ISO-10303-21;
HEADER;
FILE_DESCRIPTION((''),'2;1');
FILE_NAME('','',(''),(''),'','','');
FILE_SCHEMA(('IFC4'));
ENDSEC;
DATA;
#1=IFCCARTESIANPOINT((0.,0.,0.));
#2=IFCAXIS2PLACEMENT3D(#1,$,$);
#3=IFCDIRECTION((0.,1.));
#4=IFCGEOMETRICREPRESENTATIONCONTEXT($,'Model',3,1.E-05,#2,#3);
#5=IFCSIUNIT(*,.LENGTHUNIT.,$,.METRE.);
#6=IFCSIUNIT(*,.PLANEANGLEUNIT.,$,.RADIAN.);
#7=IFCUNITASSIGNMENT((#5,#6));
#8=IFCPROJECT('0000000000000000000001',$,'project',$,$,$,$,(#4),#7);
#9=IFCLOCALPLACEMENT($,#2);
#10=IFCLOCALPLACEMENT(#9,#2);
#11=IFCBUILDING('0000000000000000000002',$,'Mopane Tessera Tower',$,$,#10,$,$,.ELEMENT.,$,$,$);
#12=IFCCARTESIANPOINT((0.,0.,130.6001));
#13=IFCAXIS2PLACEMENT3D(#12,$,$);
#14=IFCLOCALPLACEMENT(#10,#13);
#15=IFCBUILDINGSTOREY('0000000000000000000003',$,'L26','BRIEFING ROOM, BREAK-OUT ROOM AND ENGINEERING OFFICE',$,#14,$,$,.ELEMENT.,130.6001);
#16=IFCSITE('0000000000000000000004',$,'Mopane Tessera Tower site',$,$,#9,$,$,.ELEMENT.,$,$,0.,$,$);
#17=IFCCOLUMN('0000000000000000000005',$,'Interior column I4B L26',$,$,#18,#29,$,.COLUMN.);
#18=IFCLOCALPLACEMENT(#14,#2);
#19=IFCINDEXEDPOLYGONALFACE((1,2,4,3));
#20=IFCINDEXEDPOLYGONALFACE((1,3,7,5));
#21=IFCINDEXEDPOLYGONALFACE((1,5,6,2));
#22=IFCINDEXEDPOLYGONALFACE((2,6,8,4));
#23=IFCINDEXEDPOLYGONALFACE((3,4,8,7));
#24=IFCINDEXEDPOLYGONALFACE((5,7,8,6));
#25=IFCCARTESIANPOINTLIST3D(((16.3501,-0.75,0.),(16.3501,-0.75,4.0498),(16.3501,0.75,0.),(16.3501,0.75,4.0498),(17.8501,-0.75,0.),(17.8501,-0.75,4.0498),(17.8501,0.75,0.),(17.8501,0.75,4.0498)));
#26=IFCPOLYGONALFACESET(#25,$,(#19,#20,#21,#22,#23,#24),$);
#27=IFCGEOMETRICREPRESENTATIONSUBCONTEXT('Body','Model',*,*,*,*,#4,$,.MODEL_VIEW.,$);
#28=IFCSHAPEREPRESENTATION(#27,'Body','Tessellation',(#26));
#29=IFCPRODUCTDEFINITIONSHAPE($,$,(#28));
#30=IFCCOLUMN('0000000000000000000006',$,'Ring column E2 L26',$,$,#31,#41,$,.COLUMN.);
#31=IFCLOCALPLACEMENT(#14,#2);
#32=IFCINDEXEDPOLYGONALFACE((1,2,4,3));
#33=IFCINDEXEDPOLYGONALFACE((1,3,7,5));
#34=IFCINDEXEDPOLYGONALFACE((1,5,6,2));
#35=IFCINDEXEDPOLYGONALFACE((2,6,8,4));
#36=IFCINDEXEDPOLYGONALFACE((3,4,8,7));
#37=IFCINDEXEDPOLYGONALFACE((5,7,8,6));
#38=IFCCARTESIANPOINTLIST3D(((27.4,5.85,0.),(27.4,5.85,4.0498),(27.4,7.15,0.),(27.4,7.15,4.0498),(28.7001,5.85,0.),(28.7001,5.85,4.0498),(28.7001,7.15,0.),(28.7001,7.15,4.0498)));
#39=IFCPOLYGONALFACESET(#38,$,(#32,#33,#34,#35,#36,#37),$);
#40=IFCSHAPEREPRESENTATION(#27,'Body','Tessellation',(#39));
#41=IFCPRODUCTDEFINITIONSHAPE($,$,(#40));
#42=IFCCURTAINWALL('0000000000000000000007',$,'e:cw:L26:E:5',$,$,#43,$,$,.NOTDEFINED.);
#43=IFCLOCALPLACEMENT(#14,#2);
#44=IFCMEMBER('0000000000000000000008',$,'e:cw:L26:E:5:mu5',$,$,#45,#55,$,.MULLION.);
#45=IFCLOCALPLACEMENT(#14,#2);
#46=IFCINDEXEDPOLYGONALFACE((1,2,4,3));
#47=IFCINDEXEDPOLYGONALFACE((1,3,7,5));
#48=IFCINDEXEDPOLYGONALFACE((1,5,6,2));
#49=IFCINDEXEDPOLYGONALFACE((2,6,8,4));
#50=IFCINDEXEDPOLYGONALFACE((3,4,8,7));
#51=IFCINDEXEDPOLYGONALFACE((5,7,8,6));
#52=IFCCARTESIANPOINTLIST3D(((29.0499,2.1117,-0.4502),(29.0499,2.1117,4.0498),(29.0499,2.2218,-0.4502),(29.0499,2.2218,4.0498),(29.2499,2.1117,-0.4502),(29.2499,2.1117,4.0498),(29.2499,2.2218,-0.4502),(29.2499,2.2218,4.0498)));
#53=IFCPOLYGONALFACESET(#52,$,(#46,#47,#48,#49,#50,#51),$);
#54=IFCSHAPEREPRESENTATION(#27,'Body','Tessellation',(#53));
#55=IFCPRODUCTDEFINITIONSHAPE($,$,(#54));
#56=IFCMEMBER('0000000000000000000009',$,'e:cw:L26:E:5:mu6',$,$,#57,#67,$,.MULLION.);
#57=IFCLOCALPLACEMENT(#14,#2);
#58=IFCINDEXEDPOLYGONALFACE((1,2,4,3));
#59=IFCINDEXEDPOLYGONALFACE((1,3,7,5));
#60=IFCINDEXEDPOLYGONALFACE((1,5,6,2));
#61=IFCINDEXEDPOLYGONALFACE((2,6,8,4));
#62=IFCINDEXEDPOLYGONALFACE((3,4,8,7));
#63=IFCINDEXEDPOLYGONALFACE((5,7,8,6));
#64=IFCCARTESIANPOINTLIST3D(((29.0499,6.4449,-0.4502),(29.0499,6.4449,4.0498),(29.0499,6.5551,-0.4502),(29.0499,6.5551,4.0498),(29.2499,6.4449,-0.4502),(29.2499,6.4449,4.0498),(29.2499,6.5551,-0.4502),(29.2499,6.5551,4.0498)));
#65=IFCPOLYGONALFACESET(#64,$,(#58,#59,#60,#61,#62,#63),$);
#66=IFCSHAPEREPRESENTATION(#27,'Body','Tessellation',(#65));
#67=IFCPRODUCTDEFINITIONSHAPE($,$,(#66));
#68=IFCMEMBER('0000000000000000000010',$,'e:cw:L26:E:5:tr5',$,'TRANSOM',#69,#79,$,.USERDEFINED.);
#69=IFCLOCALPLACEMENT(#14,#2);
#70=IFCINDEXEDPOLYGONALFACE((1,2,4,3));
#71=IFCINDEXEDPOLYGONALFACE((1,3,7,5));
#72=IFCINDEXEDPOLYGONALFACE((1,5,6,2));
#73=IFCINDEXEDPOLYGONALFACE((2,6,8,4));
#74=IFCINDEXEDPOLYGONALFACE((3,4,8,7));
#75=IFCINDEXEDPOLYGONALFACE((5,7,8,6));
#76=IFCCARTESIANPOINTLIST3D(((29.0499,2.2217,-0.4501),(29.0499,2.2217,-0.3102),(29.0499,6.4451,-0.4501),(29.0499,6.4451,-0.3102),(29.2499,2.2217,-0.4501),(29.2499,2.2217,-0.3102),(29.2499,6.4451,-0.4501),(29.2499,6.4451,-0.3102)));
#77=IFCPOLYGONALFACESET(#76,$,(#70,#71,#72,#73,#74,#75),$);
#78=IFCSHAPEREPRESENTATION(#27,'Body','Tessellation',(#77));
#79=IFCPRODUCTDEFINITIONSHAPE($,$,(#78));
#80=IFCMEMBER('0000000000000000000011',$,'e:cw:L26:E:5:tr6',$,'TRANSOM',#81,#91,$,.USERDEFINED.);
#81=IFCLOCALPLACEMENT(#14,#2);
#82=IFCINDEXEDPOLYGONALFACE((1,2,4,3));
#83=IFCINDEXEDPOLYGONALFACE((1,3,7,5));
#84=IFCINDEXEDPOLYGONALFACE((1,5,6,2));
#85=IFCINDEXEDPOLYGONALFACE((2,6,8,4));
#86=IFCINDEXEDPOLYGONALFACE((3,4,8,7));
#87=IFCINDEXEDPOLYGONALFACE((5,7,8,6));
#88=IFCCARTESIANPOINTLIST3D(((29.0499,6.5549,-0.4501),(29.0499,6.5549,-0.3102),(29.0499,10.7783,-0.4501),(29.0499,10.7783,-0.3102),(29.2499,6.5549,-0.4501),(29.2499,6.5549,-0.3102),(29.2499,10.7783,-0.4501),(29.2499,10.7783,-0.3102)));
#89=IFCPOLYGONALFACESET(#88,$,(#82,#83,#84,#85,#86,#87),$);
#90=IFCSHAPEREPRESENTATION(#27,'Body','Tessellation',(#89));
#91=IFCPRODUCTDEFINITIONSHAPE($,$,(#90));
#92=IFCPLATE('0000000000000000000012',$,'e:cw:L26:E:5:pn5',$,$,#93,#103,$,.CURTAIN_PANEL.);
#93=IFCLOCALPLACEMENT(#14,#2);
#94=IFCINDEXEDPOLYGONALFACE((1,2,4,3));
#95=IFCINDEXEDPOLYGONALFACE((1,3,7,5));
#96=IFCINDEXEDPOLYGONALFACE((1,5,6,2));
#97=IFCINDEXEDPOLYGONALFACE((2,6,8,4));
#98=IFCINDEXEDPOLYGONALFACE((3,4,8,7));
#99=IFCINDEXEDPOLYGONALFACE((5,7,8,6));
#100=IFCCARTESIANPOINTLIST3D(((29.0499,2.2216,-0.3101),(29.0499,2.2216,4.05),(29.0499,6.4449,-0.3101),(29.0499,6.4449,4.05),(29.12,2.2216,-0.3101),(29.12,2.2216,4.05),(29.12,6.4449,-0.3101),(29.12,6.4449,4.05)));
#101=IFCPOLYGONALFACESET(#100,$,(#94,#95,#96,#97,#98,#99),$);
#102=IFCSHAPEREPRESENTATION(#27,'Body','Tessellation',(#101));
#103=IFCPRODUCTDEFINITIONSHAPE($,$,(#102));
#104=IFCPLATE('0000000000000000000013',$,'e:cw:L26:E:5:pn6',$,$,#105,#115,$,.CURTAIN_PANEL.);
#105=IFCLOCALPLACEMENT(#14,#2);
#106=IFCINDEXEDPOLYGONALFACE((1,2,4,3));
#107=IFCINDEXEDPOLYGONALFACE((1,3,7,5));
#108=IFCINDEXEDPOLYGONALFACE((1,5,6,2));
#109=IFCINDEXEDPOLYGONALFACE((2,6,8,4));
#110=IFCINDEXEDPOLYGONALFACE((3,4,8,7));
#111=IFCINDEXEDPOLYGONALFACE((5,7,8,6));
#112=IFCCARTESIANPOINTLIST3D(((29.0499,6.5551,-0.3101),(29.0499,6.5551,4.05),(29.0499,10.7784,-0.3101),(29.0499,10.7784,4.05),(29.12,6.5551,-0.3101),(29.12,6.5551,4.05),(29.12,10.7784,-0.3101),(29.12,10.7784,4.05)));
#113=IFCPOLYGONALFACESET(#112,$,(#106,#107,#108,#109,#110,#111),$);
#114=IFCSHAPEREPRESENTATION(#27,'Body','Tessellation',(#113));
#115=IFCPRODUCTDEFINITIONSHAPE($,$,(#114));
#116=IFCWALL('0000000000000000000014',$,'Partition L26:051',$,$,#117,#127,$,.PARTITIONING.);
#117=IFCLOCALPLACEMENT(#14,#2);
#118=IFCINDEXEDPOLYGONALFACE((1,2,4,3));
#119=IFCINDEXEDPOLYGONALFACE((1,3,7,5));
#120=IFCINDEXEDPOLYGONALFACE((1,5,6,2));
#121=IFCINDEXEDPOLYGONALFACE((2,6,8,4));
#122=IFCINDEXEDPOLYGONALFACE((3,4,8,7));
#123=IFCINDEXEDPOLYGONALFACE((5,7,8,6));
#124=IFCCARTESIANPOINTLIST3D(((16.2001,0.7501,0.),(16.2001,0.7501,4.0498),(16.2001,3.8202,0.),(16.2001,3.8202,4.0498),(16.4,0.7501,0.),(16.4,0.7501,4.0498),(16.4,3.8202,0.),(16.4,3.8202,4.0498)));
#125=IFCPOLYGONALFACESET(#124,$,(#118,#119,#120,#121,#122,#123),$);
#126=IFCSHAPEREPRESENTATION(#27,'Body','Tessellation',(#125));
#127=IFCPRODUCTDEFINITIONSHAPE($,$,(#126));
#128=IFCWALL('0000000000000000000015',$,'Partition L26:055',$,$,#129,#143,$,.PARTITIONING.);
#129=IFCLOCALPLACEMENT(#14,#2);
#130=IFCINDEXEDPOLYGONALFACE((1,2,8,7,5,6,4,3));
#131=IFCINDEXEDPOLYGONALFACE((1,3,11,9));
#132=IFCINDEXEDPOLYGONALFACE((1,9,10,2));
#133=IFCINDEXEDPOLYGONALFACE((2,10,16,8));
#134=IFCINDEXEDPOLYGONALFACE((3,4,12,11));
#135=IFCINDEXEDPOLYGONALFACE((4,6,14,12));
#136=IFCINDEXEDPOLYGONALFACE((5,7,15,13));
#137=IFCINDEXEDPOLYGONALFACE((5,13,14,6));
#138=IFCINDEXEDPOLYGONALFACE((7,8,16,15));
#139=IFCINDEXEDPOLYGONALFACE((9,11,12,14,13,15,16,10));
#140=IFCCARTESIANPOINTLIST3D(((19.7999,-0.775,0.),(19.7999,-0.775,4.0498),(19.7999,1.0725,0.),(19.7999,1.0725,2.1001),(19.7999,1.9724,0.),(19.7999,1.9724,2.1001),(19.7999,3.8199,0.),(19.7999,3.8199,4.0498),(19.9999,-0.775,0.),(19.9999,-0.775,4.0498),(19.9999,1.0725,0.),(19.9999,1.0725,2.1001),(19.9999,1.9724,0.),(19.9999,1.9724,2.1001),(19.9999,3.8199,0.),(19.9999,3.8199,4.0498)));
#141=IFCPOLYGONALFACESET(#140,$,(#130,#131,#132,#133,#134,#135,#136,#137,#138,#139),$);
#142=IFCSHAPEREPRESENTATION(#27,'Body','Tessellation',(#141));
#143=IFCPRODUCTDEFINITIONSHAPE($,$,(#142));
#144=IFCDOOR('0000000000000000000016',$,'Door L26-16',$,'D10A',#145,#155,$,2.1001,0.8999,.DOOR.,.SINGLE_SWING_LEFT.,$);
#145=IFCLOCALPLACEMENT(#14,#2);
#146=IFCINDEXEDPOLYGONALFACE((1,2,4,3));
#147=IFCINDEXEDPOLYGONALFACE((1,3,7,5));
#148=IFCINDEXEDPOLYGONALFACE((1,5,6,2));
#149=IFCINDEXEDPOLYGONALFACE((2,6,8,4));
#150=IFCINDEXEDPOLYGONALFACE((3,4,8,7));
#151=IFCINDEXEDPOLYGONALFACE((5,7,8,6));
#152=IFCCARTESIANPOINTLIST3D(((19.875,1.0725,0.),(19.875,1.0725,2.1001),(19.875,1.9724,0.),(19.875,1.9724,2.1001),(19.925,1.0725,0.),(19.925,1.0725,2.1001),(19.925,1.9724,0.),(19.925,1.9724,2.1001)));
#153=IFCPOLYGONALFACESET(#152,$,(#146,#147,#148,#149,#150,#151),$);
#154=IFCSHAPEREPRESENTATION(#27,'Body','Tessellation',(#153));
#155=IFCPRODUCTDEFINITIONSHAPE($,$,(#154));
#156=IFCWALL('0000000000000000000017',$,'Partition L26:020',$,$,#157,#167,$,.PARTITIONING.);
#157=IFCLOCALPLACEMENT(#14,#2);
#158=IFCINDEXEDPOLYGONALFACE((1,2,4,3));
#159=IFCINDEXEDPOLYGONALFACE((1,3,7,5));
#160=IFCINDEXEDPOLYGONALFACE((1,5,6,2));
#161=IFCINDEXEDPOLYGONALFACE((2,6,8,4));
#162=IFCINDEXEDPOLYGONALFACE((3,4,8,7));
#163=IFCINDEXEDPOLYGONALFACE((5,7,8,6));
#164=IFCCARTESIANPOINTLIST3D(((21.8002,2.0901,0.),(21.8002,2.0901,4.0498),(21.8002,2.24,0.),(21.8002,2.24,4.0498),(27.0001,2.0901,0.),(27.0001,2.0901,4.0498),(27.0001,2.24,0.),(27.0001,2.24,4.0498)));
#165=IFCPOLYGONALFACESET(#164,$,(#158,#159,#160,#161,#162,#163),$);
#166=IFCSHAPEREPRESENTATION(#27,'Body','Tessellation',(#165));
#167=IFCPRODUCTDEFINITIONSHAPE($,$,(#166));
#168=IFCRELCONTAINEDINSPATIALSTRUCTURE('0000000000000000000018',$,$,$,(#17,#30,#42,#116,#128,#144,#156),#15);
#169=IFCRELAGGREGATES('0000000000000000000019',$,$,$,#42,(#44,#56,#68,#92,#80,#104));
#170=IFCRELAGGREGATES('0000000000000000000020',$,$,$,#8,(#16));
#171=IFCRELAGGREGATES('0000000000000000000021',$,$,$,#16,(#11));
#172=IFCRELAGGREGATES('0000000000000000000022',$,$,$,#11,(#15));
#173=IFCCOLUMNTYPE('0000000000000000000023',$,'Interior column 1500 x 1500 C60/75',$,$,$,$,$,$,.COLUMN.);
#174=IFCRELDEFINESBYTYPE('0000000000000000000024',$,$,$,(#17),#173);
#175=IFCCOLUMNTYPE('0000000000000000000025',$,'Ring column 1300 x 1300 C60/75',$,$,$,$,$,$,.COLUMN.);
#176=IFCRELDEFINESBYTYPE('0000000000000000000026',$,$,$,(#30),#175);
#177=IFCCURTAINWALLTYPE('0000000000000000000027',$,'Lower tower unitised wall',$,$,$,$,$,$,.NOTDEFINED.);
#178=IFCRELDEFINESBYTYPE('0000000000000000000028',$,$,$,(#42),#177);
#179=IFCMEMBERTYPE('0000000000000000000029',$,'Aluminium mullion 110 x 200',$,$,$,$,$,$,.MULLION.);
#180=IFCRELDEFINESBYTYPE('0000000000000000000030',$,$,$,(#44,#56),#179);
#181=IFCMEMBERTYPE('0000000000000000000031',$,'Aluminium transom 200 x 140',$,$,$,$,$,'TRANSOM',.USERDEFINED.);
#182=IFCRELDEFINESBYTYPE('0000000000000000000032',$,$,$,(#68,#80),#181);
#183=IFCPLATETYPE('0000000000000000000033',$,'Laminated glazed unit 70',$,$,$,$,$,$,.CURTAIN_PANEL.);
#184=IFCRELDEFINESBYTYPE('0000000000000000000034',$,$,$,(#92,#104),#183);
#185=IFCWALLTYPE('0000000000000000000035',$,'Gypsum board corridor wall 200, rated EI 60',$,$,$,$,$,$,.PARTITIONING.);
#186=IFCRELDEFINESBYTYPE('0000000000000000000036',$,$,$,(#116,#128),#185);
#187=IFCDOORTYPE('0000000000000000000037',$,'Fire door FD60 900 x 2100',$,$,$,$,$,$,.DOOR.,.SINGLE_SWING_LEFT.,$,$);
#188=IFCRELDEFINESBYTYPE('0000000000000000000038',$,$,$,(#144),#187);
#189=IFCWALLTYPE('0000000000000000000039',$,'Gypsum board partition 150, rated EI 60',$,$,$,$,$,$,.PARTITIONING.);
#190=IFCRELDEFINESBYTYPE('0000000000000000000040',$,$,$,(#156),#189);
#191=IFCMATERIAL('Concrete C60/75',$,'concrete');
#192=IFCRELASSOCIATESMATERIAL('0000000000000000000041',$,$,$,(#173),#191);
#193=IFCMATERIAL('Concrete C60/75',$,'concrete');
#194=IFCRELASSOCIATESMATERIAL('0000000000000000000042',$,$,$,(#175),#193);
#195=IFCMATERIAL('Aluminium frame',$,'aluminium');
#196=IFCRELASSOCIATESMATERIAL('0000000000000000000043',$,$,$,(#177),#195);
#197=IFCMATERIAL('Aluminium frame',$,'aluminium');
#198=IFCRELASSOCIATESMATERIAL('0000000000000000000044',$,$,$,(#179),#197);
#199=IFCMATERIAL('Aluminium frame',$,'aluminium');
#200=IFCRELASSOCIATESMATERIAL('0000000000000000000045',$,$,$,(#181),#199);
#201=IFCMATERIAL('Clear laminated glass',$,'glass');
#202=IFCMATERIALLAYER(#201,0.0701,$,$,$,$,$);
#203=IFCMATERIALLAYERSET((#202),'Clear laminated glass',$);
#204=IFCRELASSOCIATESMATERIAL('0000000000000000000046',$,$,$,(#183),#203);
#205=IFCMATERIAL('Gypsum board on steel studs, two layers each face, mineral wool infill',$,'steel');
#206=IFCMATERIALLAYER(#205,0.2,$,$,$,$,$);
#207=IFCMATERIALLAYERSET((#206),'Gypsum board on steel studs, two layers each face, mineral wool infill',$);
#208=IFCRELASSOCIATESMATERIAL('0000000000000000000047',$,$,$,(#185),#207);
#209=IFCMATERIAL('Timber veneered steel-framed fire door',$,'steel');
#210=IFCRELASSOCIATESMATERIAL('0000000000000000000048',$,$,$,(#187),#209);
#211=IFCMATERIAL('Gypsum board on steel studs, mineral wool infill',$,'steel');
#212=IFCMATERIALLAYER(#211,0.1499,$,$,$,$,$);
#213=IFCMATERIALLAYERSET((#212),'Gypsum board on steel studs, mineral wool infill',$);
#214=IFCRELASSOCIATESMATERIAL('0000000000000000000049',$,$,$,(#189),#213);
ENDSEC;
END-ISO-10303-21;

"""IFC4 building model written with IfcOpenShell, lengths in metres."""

from ifc_helpers import new_model, si_unit, direction, frame, frame_2d, origin, origin_2d, place, context, subcontext, project, spatial, rectangle, extrude, material, layer, layer_set, material_profile, profile_set, type_object, element, fill, aggregate, save


model = new_model("IFC4")

# Units and contexts
model_context = context("Model", 3, precision=1e-05, world=origin(), true_north=direction((0.0, 1.0)))
body_context = subcontext(model_context, "Body", "Model", "MODEL_VIEW")
ifc_project = project(units=[si_unit("LENGTHUNIT", "METRE"), si_unit("PLANEANGLEUNIT", "RADIAN")], contexts=[model_context])

# Site, building, storey
site_placement = place(None, origin())
site = spatial("IfcSite", under=ifc_project, at=site_placement, Name="Mopane Tessera Tower site", CompositionType="ELEMENT", RefElevation=0.0)
building_placement = place(site_placement, origin())
building = spatial("IfcBuilding", under=site, at=building_placement, Name="Mopane Tessera Tower", CompositionType="ELEMENT")
storey_placement = place(building_placement, frame((0.0, 0.0, 130.6001)))
storey = spatial("IfcBuildingStorey", under=building, at=storey_placement, Name="L26", Description="BRIEFING ROOM, BREAK-OUT ROOM AND ENGINEERING OFFICE", CompositionType="ELEMENT", Elevation=130.6001)

# Columns
ifc_material_1 = material(Name="Concrete C60/75", Category="concrete")
ifc_material_profile_1 = material_profile(ifc_material_1, rectangle(XDim=1.5, YDim=1.5, at=origin_2d()))
ifc_profile_set_1 = profile_set([ifc_material_profile_1], Name="Concrete C60/75")
column_type_1 = type_object("IfcColumnType", Name="Interior column 1500 x 1500 C60/75", PredefinedType="COLUMN", material=ifc_profile_set_1)
column_1_placement = place(storey_placement, frame((17.1001, 0.0, 0.0), z_axis=(0.0, 0.0, 1.0), x_axis=(1.0, 0.0, 0.0)))
element("IfcColumn", 1, at=column_1_placement, inside=storey, type_object=column_type_1, Name="Interior column I4B L26", PredefinedType="COLUMN", context=body_context, shape_type="SweptSolid", body=[
    extrude(rectangle(XDim=1.5, YDim=1.5, at=origin_2d()), origin(), (0.0, 0.0, 1.0), 4.0498),
])
ifc_material_2 = material(Name="Concrete C60/75", Category="concrete")
ifc_material_profile_2 = material_profile(ifc_material_2, rectangle(XDim=1.3, YDim=1.3, at=origin_2d()))
ifc_profile_set_2 = profile_set([ifc_material_profile_2], Name="Concrete C60/75")
column_type_2 = type_object("IfcColumnType", Name="Ring column 1300 x 1300 C60/75", PredefinedType="COLUMN", material=ifc_profile_set_2)
column_2_placement = place(storey_placement, frame((28.05, 6.5, 0.0), z_axis=(0.0, 0.0, 1.0), x_axis=(1.0, 0.0, 0.0)))
element("IfcColumn", 2, at=column_2_placement, inside=storey, type_object=column_type_2, Name="Ring column E2 L26", PredefinedType="COLUMN", context=body_context, shape_type="SweptSolid", body=[
    extrude(rectangle(XDim=1.3, YDim=1.3, at=origin_2d()), origin(), (0.0, 0.0, 1.0), 4.0498),
])

# Curtain wall, members, plates
ifc_material_3 = material(Name="Aluminium frame", Category="aluminium")
curtain_wall_type = type_object("IfcCurtainWallType", Name="Lower tower unitised wall", PredefinedType="NOTDEFINED", material=ifc_material_3)
curtain_wall_placement = place(storey_placement, origin())
curtain_wall = element("IfcCurtainWall", 3, at=curtain_wall_placement, inside=storey, type_object=curtain_wall_type, Name="e:cw:L26:E:5", PredefinedType="NOTDEFINED")
ifc_material_4 = material(Name="Aluminium frame", Category="aluminium")
ifc_material_profile_3 = material_profile(ifc_material_4, rectangle(XDim=0.1101, YDim=0.2, at=origin_2d()))
ifc_profile_set_3 = profile_set([ifc_material_profile_3], Name="Aluminium frame")
member_type_1 = type_object("IfcMemberType", Name="Aluminium mullion 110 x 200", PredefinedType="MULLION", material=ifc_profile_set_3)
member_1_placement = place(storey_placement, frame((29.1499, 2.1667, -0.4502), z_axis=(0.0, 0.0, 1.0), x_axis=(0.0, 1.0, 0.0)))
member_1 = element("IfcMember", 4, at=member_1_placement, type_object=member_type_1, Name="e:cw:L26:E:5:mu5", PredefinedType="MULLION", context=body_context, shape_type="SweptSolid", body=[
    extrude(rectangle(XDim=0.1101, YDim=0.2, at=origin_2d()), origin(), (0.0, 0.0, 1.0), 4.5),
])
member_2_placement = place(storey_placement, frame((29.1499, 6.5, -0.4502), z_axis=(0.0, 0.0, 1.0), x_axis=(0.0, 1.0, 0.0)))
member_2 = element("IfcMember", 5, at=member_2_placement, type_object=member_type_1, Name="e:cw:L26:E:5:mu6", PredefinedType="MULLION", context=body_context, shape_type="SweptSolid", body=[
    extrude(rectangle(XDim=0.1101, YDim=0.2, at=origin_2d()), origin(), (0.0, 0.0, 1.0), 4.5),
])
ifc_material_5 = material(Name="Aluminium frame", Category="aluminium")
ifc_material_profile_4 = material_profile(ifc_material_5, rectangle(XDim=0.2, YDim=0.1399, at=origin_2d()))
ifc_profile_set_4 = profile_set([ifc_material_profile_4], Name="Aluminium frame")
member_type_2 = type_object("IfcMemberType", Name="Aluminium transom 200 x 140", ElementType="TRANSOM", PredefinedType="USERDEFINED", material=ifc_profile_set_4)
member_3_placement = place(storey_placement, frame((29.1499, 2.2217, -0.3801), z_axis=(0.0, 1.0, 0.0), x_axis=(-1.0, 0.0, 0.0)))
member_3 = element("IfcMember", 6, at=member_3_placement, type_object=member_type_2, Name="e:cw:L26:E:5:tr5", ObjectType="TRANSOM", PredefinedType="USERDEFINED", context=body_context, shape_type="SweptSolid", body=[
    extrude(rectangle(XDim=0.2, YDim=0.1399, at=origin_2d()), origin(), (0.0, 0.0, 1.0), 4.2234),
])
member_4_placement = place(storey_placement, frame((29.1499, 6.5549, -0.3801), z_axis=(0.0, 1.0, 0.0), x_axis=(-1.0, 0.0, 0.0)))
member_4 = element("IfcMember", 7, at=member_4_placement, type_object=member_type_2, Name="e:cw:L26:E:5:tr6", ObjectType="TRANSOM", PredefinedType="USERDEFINED", context=body_context, shape_type="SweptSolid", body=[
    extrude(rectangle(XDim=0.2, YDim=0.1399, at=origin_2d()), origin(), (0.0, 0.0, 1.0), 4.2234),
])
ifc_material_6 = material(Name="Clear laminated glass", Category="glass")
ifc_layer_1 = layer(ifc_material_6, 0.0701)
ifc_layer_set_1 = layer_set([ifc_layer_1], Name="Clear laminated glass")
plate_type = type_object("IfcPlateType", Name="Laminated glazed unit 70", PredefinedType="CURTAIN_PANEL", material=ifc_layer_set_1)
plate_1_placement = place(storey_placement, frame((29.085, 4.3333, -0.3101), z_axis=(0.0, 0.0, 1.0), x_axis=(0.0, 1.0, 0.0)))
plate_1 = element("IfcPlate", 8, at=plate_1_placement, type_object=plate_type, Name="e:cw:L26:E:5:pn5", PredefinedType="CURTAIN_PANEL", context=body_context, shape_type="SweptSolid", body=[
    extrude(rectangle(XDim=4.2234, YDim=0.0701, at=origin_2d()), origin(), (0.0, 0.0, 1.0), 4.3601),
])
plate_2_placement = place(storey_placement, frame((29.085, 8.6667, -0.3101), z_axis=(0.0, 0.0, 1.0), x_axis=(0.0, 1.0, 0.0)))
plate_2 = element("IfcPlate", 9, at=plate_2_placement, type_object=plate_type, Name="e:cw:L26:E:5:pn6", PredefinedType="CURTAIN_PANEL", context=body_context, shape_type="SweptSolid", body=[
    extrude(rectangle(XDim=4.2234, YDim=0.0701, at=origin_2d()), origin(), (0.0, 0.0, 1.0), 4.3601),
])
aggregate(curtain_wall, [member_1, member_2, member_3, plate_1, member_4, plate_2])

# Wall
ifc_material_7 = material(Name="Gypsum board on steel studs, two layers each face, mineral wool infill", Category="steel")
ifc_layer_2 = layer(ifc_material_7, 0.2)
ifc_layer_set_2 = layer_set([ifc_layer_2], Name="Gypsum board on steel studs, two layers each face, mineral wool infill")
wall_type_1 = type_object("IfcWallType", Name="Gypsum board corridor wall 200, rated EI 60", PredefinedType="PARTITIONING", material=ifc_layer_set_2)
wall_1_placement = place(storey_placement, frame((16.3, 0.75, 0.0), z_axis=(0.0, 0.0, 1.0), x_axis=(0.0, 1.0, 0.0)))
element("IfcWall", 10, at=wall_1_placement, inside=storey, type_object=wall_type_1, Name="Partition L26:051", PredefinedType="PARTITIONING", context=body_context, shape_type="SweptSolid", body=[
    extrude(rectangle(XDim=3.0701, YDim=0.2, at=frame_2d((1.5352, 0.0))), origin(), (0.0, 0.0, 1.0), 4.0498),
])

# Wall, opening, door
wall_2_placement = place(storey_placement, frame((19.8999, -0.7749, 0.0), z_axis=(0.0, 0.0, 1.0), x_axis=(0.0, 1.0, 0.0)))
wall_2 = element("IfcWall", 11, at=wall_2_placement, inside=storey, type_object=wall_type_1, Name="Partition L26:055", PredefinedType="PARTITIONING", context=body_context, shape_type="SweptSolid", body=[
    extrude(rectangle(XDim=4.595, YDim=0.2, at=frame_2d((2.2974, 0.0))), origin(), (0.0, 0.0, 1.0), 4.0498),
])
opening_1_placement = place(wall_2_placement, frame((1.8474, 0.0, 0.0)))
opening_1 = element("IfcOpeningElement", 12, at=opening_1_placement, cuts=wall_2, PredefinedType="OPENING", context=body_context, shape_type="SweptSolid", body=[
    extrude(rectangle(XDim=0.8999, YDim=2.1001, at=frame_2d((0.45, 1.05))), frame((0.0, 0.1121, 0.0), z_axis=(0.0, -1.0, 0.0), x_axis=(1.0, 0.0, 0.0)), (0.0, 0.0, 1.0), 0.2239),
])
ifc_material_8 = material(Name="Timber veneered steel-framed fire door", Category="steel")
door_type_1 = type_object("IfcDoorType", Name="Fire door FD60 900 x 2100", OperationType="SINGLE_SWING_LEFT", PredefinedType="DOOR", material=ifc_material_8)
door_1_placement = place(opening_1_placement, origin())
door_1 = element("IfcDoor", 13, at=door_1_placement, inside=storey, type_object=door_type_1, Name="Door L26-16", ObjectType="D10A", OperationType="SINGLE_SWING_LEFT", OverallHeight=2.1001, OverallWidth=0.8999, PredefinedType="DOOR", context=body_context, shape_type="SweptSolid", body=[
    extrude(rectangle(XDim=0.8999, YDim=2.1001, at=frame_2d((0.45, 1.05))), frame((0.0, 0.0249, 0.0), z_axis=(0.0, -1.0, 0.0), x_axis=(1.0, 0.0, 0.0)), (0.0, 0.0, 1.0), 0.05),
])
fill(opening_1, door_1)

# Wall
ifc_material_9 = material(Name="Gypsum board on steel studs, mineral wool infill", Category="steel")
ifc_layer_3 = layer(ifc_material_9, 0.1499)
ifc_layer_set_3 = layer_set([ifc_layer_3], Name="Gypsum board on steel studs, mineral wool infill")
wall_type_2 = type_object("IfcWallType", Name="Gypsum board partition 150, rated EI 60", PredefinedType="PARTITIONING", material=ifc_layer_set_3)
wall_3_placement = place(storey_placement, frame((21.8, 2.165, 0.0), z_axis=(0.0, 0.0, 1.0), x_axis=(1.0, 0.0, 0.0)))
element("IfcWall", 14, at=wall_3_placement, inside=storey, type_object=wall_type_2, Name="Partition L26:020", PredefinedType="PARTITIONING", context=body_context, shape_type="SweptSolid", body=[
    extrude(rectangle(XDim=5.2, YDim=0.1499, at=frame_2d((2.6001, 0.0))), origin(), (0.0, 0.0, 1.0), 4.0498),
])

save(model, "model.ifc")
